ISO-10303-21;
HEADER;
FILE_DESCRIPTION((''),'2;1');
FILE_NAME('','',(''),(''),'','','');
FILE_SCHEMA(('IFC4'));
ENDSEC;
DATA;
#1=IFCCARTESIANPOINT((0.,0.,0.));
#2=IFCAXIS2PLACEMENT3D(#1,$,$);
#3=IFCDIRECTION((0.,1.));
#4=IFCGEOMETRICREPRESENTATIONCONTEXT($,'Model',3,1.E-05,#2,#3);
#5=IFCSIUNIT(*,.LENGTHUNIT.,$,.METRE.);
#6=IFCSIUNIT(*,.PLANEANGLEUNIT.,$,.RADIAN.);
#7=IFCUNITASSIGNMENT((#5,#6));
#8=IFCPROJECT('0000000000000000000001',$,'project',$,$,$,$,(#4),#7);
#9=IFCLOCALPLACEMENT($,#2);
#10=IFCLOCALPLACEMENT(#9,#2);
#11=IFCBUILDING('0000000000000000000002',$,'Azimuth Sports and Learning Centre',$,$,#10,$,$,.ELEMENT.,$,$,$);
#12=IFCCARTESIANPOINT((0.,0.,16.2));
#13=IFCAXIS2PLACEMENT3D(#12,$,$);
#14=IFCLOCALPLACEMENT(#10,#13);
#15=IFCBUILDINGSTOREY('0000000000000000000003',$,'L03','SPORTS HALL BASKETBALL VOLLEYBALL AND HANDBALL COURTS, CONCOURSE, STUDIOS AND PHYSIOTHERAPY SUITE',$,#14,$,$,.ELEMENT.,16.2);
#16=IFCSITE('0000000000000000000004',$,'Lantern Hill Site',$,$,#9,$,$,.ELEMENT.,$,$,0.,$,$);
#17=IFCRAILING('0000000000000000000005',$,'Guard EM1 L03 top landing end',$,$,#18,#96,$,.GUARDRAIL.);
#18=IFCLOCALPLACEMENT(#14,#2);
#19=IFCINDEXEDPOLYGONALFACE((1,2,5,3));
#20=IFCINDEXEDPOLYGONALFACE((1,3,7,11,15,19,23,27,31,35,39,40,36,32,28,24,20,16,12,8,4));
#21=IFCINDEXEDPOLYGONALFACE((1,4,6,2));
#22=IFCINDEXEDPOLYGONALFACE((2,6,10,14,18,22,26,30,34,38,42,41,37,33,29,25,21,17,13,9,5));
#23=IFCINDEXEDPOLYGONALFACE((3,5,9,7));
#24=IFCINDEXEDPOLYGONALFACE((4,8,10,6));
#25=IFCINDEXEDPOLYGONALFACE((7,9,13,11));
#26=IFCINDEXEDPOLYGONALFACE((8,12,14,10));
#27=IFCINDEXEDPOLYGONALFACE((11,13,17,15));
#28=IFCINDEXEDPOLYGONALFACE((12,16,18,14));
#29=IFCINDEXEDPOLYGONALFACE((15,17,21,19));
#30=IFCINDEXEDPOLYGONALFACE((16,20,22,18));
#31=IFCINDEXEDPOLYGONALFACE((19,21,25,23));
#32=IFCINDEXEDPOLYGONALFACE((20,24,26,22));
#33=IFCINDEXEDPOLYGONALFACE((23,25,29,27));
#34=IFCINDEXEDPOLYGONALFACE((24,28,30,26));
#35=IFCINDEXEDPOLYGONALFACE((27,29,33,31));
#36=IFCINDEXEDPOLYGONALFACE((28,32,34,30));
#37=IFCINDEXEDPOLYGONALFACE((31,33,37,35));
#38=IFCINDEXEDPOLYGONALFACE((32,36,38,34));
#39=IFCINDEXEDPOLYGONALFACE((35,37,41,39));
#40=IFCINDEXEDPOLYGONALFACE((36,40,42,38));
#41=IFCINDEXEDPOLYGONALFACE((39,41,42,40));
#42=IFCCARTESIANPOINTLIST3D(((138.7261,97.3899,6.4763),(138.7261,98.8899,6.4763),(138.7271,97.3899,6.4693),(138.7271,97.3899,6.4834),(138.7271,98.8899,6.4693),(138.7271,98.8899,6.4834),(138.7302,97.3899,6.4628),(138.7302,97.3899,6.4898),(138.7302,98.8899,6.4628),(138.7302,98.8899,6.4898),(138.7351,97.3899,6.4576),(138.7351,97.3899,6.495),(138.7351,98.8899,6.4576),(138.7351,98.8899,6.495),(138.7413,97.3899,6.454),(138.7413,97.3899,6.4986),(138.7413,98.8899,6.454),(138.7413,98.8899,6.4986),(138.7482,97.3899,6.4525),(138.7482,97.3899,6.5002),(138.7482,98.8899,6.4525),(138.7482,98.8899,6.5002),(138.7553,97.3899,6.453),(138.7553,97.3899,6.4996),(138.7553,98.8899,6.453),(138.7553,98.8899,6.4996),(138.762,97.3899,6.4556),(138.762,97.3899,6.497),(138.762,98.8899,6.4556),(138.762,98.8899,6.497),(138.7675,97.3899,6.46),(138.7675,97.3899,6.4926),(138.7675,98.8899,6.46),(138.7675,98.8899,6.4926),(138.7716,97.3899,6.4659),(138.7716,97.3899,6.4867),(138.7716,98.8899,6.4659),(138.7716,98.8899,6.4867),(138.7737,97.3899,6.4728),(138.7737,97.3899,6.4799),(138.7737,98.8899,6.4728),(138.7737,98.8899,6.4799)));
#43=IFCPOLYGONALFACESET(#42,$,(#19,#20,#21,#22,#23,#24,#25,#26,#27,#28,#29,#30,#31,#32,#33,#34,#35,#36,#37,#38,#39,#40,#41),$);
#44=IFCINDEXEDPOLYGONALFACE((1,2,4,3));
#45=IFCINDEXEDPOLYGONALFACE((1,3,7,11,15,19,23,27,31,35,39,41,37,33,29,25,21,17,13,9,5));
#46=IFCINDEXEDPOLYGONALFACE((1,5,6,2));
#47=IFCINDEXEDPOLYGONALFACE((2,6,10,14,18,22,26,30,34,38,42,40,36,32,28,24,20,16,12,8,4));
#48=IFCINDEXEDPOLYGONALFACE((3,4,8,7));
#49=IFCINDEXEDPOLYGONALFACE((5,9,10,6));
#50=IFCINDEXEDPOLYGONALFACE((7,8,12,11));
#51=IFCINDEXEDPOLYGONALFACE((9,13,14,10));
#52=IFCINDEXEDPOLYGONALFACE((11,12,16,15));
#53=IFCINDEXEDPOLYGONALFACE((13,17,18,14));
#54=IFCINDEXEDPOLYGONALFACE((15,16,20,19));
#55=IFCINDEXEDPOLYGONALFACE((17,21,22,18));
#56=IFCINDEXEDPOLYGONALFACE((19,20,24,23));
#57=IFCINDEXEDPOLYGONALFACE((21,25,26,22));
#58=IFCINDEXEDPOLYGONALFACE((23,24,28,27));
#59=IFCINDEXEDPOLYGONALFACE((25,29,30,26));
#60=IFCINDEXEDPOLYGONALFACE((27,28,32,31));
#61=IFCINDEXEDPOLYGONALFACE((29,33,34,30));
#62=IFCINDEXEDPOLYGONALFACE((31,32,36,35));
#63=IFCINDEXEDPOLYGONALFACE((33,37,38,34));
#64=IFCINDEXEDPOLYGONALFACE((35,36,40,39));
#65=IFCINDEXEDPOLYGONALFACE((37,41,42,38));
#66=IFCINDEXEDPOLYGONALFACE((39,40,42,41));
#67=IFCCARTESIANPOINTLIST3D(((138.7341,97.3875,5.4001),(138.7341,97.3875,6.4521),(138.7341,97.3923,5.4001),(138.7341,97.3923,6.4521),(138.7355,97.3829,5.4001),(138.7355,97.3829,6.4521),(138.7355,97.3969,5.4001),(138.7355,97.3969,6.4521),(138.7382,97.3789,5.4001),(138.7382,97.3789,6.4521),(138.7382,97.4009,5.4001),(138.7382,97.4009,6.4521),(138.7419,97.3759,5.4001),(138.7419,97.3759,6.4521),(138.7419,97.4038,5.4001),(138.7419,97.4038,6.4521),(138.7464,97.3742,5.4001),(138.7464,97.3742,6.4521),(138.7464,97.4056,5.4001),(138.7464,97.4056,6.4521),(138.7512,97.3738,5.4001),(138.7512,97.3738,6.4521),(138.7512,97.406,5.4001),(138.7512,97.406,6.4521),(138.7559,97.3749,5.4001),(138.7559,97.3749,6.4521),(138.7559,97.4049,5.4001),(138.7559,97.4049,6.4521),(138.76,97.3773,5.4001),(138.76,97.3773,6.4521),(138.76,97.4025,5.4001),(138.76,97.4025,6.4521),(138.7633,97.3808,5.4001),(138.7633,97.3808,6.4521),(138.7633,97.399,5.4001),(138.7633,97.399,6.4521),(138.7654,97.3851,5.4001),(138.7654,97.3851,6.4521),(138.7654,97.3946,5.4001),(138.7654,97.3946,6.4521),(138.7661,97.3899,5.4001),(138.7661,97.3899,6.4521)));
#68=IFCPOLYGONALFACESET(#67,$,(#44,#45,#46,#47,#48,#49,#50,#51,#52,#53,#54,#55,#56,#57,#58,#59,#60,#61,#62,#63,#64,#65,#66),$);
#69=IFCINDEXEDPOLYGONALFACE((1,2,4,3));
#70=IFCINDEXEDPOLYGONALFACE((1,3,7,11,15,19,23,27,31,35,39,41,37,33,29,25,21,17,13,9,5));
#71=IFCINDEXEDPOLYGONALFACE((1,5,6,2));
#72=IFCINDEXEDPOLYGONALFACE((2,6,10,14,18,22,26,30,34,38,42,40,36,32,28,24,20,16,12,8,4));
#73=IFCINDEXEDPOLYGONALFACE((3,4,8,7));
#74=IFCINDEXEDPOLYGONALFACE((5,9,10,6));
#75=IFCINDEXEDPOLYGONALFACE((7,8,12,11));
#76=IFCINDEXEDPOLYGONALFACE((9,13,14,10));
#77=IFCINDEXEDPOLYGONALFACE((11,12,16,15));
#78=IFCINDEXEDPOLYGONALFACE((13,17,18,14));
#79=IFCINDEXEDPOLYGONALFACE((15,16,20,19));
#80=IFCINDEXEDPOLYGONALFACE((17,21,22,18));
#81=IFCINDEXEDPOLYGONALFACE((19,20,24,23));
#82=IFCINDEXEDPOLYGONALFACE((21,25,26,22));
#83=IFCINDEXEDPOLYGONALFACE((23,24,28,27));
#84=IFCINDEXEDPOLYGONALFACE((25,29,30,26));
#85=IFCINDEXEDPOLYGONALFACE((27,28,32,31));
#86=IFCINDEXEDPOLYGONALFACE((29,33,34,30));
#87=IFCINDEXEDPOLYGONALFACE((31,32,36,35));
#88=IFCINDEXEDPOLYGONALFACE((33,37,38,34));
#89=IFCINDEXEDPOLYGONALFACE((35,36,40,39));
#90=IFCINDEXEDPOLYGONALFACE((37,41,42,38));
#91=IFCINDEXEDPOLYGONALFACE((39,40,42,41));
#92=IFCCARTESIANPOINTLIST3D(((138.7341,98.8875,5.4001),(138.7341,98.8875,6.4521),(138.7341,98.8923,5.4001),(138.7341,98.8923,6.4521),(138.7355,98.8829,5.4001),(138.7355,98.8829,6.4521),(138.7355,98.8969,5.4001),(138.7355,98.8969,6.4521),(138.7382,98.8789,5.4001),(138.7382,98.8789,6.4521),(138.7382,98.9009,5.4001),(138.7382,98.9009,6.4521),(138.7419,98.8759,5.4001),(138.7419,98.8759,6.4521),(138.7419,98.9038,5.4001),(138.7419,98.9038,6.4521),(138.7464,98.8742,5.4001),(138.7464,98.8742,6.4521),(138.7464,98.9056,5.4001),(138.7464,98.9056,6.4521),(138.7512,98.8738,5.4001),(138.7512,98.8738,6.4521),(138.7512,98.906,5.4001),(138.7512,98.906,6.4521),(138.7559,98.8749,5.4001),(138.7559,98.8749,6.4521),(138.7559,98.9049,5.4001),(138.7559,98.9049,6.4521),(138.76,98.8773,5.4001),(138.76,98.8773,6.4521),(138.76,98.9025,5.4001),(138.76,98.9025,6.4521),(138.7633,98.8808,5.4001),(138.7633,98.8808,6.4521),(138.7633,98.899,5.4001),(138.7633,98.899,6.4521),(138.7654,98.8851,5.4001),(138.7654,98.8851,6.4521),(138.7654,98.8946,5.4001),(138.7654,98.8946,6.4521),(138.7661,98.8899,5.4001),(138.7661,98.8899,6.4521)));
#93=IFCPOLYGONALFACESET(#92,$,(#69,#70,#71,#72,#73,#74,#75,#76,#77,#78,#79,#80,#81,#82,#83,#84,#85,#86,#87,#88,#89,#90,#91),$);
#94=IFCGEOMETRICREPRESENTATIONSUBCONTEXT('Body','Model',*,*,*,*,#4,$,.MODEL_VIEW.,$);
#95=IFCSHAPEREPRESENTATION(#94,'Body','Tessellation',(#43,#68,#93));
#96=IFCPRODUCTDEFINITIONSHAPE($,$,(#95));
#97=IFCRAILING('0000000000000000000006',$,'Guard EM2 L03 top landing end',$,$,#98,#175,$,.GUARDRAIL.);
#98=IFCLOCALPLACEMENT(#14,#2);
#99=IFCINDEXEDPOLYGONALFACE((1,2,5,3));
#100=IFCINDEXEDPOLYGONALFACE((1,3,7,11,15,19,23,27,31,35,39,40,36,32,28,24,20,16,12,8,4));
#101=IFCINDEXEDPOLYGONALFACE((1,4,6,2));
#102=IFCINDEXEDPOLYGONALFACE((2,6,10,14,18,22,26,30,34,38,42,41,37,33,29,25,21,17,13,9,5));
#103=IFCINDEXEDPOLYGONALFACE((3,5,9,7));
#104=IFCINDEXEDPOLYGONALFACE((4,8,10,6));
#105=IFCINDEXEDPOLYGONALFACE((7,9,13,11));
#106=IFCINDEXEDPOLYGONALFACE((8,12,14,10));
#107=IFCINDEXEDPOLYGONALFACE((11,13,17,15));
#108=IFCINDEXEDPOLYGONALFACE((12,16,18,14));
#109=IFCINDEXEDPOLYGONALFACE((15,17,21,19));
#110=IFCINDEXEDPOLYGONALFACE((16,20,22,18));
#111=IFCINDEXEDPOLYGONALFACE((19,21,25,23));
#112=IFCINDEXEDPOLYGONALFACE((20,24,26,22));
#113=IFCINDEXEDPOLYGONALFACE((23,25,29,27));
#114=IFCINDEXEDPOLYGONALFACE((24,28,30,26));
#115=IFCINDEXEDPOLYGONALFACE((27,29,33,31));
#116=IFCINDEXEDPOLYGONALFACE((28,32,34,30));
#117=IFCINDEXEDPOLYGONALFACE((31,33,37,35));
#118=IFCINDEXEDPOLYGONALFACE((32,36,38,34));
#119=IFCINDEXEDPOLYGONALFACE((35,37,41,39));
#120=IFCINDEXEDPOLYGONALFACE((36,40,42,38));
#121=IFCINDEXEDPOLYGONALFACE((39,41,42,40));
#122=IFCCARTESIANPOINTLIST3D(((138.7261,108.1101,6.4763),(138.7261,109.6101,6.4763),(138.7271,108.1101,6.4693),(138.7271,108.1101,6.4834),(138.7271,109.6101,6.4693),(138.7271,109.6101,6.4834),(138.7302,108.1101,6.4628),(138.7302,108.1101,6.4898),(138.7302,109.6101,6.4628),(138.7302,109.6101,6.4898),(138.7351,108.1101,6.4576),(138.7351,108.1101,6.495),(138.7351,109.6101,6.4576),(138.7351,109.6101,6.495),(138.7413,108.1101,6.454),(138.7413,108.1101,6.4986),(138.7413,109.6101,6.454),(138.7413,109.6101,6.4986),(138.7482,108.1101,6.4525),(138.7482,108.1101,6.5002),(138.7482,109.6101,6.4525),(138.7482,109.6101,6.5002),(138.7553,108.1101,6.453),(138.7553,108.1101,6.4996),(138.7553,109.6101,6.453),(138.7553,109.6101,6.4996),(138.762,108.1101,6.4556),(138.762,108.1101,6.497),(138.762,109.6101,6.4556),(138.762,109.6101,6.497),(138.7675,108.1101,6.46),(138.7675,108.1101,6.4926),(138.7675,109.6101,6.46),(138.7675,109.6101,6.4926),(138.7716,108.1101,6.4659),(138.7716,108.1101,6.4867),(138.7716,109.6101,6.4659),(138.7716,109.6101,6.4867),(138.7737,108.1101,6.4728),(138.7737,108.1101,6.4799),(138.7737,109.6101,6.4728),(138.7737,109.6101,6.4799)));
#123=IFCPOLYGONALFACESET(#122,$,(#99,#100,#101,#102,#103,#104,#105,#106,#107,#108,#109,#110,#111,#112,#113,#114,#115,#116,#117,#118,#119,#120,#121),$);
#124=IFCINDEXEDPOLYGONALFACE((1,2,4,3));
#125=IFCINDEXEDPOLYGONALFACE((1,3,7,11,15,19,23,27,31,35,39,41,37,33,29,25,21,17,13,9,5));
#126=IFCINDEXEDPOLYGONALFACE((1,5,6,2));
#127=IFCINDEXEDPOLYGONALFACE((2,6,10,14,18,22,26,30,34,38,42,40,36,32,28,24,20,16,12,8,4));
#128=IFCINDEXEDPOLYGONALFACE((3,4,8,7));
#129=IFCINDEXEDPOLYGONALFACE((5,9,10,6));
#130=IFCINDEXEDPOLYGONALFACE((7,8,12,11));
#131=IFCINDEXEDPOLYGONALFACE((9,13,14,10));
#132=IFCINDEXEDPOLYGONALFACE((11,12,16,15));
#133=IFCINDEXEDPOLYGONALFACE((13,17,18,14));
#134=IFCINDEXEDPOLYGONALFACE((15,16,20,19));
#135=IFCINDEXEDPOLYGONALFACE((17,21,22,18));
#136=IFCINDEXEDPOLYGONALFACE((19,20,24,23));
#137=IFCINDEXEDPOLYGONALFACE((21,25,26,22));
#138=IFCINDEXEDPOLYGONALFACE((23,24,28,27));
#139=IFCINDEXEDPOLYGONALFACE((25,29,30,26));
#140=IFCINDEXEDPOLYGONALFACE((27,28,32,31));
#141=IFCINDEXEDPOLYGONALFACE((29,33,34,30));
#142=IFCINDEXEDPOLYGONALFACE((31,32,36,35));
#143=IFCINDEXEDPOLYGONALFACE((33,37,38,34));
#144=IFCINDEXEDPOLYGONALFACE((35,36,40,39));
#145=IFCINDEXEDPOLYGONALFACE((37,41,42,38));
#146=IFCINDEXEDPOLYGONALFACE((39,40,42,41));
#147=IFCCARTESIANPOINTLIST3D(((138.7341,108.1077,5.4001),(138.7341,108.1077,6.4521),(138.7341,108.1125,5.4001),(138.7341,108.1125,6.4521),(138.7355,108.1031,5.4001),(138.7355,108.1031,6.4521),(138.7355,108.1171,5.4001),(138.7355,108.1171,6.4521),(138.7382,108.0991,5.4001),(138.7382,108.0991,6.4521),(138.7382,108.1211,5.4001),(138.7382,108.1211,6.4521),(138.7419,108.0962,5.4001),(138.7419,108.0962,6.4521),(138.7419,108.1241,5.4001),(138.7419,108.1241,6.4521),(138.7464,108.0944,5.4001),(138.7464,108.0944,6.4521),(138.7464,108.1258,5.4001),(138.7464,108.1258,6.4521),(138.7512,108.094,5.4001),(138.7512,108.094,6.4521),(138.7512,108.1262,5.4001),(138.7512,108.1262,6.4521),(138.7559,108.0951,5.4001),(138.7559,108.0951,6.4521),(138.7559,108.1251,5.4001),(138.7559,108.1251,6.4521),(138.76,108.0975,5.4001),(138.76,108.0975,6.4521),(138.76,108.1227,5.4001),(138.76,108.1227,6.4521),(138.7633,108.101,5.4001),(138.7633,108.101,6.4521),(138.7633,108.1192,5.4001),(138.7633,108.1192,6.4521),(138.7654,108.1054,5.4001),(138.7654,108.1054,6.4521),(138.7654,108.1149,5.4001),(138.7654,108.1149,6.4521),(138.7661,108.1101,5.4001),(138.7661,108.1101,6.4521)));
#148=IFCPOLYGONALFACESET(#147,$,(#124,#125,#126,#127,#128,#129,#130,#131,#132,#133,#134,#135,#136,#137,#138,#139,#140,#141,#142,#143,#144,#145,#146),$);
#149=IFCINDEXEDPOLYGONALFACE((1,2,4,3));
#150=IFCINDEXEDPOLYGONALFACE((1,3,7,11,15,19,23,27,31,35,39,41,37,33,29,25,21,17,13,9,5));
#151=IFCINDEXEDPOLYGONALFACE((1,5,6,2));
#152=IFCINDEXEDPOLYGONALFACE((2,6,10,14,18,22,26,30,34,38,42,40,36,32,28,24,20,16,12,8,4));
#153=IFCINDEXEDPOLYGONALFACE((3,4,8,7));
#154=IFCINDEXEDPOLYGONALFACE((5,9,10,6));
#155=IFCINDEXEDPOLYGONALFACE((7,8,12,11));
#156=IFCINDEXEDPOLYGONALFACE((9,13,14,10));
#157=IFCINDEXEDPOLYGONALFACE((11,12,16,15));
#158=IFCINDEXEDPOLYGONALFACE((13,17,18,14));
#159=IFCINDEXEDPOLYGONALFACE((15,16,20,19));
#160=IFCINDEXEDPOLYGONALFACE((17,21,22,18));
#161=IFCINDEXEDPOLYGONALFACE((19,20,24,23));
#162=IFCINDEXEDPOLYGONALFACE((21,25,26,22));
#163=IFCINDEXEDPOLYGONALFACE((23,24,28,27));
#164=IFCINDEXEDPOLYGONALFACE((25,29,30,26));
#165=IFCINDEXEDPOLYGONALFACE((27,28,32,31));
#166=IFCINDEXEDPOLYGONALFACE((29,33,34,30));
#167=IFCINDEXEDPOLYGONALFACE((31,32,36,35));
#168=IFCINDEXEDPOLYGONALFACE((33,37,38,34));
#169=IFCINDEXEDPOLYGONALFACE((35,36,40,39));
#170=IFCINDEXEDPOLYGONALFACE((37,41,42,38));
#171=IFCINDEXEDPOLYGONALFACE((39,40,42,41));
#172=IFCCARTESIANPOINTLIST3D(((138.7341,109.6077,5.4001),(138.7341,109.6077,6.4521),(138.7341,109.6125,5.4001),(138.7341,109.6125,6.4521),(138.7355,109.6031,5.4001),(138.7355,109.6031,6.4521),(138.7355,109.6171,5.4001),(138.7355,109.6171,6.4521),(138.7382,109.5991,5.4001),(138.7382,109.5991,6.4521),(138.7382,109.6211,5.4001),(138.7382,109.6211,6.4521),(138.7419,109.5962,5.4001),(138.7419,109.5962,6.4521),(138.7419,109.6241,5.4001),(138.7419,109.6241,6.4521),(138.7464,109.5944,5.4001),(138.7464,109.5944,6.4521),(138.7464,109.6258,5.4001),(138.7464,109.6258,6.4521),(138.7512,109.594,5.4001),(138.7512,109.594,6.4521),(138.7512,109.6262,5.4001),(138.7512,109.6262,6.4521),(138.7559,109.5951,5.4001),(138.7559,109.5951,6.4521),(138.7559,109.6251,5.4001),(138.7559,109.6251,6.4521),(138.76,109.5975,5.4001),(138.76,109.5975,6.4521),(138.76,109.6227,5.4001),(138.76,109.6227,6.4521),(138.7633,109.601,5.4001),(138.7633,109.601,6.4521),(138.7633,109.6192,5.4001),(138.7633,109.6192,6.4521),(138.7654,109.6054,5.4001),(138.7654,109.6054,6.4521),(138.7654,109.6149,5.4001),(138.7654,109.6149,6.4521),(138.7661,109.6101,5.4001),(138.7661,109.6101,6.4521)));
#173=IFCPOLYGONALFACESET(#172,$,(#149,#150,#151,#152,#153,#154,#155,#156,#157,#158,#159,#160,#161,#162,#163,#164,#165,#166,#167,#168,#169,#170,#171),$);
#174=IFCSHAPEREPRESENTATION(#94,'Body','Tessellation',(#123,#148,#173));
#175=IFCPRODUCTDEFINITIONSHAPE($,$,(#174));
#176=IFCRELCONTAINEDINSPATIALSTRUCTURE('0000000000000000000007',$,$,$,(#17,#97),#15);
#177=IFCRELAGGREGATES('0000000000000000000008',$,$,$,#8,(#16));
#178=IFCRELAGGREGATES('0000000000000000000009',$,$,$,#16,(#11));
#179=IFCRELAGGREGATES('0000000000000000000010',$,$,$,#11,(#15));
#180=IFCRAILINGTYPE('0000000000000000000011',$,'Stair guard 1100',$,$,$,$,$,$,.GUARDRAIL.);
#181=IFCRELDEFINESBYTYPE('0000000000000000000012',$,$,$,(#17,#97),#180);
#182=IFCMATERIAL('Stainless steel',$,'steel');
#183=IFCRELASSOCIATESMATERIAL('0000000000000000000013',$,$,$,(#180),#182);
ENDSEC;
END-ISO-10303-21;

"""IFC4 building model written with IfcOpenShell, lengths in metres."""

from ifc_helpers import new_model, si_unit, direction, frame, origin, origin_2d, place, context, subcontext, project, spatial, circle, extrude, material, type_object, element, save


model = new_model("IFC4")

# Units and contexts
model_context = context("Model", 3, precision=1e-05, world=origin(), true_north=direction((0.0, 1.0)))
body_context = subcontext(model_context, "Body", "Model", "MODEL_VIEW")
ifc_project = project(units=[si_unit("LENGTHUNIT", "METRE"), si_unit("PLANEANGLEUNIT", "RADIAN")], contexts=[model_context])

# Site, building, storey
site_placement = place(None, origin())
site = spatial("IfcSite", under=ifc_project, at=site_placement, Name="Lantern Hill Site", CompositionType="ELEMENT", RefElevation=0.0)
building_placement = place(site_placement, origin())
building = spatial("IfcBuilding", under=site, at=building_placement, Name="Azimuth Sports and Learning Centre", CompositionType="ELEMENT")
storey_placement = place(building_placement, frame((0.0, 0.0, 16.2)))
storey = spatial("IfcBuildingStorey", under=building, at=storey_placement, Name="L03", Description="SPORTS HALL BASKETBALL VOLLEYBALL AND HANDBALL COURTS, CONCOURSE, STUDIOS AND PHYSIOTHERAPY SUITE", CompositionType="ELEMENT", Elevation=16.2)

# Railings
ifc_material_1 = material(Name="Stainless steel", Category="steel")
railing_type_1 = type_object("IfcRailingType", Name="Stair guard 1100", PredefinedType="GUARDRAIL", material=ifc_material_1)
railing_1_placement = place(storey_placement, frame((138.75, 97.3899, 5.4001)))
element("IfcRailing", 1, at=railing_1_placement, inside=storey, type_object=railing_type_1, Name="Guard EM1 L03 top landing end", PredefinedType="GUARDRAIL", context=body_context, shape_type="SweptSolid", body=[
    extrude(circle(Radius=0.0239, at=origin_2d()), frame((0.0, 0.0, 1.0762), z_axis=(0.0, 1.0, 0.0), x_axis=(-1.0, 0.0, 0.0)), (0.0, 0.0, 1.0), 1.5),
    extrude(circle(Radius=0.0161, at=origin_2d()), origin(), (0.0, 0.0, 1.0), 1.052),
    extrude(circle(Radius=0.0161, at=origin_2d()), frame((0.0, 1.5, 0.0)), (0.0, 0.0, 1.0), 1.052),
])
railing_2_placement = place(storey_placement, frame((138.75, 108.1101, 5.4001)))
element("IfcRailing", 2, at=railing_2_placement, inside=storey, type_object=railing_type_1, Name="Guard EM2 L03 top landing end", PredefinedType="GUARDRAIL", context=body_context, shape_type="SweptSolid", body=[
    extrude(circle(Radius=0.0239, at=origin_2d()), frame((0.0, 0.0, 1.0762), z_axis=(0.0, 1.0, 0.0), x_axis=(-1.0, 0.0, 0.0)), (0.0, 0.0, 1.0), 1.5),
    extrude(circle(Radius=0.0161, at=origin_2d()), origin(), (0.0, 0.0, 1.0), 1.052),
    extrude(circle(Radius=0.0161, at=origin_2d()), frame((0.0, 1.5, 0.0)), (0.0, 0.0, 1.0), 1.052),
])

save(model, "model.ifc")
